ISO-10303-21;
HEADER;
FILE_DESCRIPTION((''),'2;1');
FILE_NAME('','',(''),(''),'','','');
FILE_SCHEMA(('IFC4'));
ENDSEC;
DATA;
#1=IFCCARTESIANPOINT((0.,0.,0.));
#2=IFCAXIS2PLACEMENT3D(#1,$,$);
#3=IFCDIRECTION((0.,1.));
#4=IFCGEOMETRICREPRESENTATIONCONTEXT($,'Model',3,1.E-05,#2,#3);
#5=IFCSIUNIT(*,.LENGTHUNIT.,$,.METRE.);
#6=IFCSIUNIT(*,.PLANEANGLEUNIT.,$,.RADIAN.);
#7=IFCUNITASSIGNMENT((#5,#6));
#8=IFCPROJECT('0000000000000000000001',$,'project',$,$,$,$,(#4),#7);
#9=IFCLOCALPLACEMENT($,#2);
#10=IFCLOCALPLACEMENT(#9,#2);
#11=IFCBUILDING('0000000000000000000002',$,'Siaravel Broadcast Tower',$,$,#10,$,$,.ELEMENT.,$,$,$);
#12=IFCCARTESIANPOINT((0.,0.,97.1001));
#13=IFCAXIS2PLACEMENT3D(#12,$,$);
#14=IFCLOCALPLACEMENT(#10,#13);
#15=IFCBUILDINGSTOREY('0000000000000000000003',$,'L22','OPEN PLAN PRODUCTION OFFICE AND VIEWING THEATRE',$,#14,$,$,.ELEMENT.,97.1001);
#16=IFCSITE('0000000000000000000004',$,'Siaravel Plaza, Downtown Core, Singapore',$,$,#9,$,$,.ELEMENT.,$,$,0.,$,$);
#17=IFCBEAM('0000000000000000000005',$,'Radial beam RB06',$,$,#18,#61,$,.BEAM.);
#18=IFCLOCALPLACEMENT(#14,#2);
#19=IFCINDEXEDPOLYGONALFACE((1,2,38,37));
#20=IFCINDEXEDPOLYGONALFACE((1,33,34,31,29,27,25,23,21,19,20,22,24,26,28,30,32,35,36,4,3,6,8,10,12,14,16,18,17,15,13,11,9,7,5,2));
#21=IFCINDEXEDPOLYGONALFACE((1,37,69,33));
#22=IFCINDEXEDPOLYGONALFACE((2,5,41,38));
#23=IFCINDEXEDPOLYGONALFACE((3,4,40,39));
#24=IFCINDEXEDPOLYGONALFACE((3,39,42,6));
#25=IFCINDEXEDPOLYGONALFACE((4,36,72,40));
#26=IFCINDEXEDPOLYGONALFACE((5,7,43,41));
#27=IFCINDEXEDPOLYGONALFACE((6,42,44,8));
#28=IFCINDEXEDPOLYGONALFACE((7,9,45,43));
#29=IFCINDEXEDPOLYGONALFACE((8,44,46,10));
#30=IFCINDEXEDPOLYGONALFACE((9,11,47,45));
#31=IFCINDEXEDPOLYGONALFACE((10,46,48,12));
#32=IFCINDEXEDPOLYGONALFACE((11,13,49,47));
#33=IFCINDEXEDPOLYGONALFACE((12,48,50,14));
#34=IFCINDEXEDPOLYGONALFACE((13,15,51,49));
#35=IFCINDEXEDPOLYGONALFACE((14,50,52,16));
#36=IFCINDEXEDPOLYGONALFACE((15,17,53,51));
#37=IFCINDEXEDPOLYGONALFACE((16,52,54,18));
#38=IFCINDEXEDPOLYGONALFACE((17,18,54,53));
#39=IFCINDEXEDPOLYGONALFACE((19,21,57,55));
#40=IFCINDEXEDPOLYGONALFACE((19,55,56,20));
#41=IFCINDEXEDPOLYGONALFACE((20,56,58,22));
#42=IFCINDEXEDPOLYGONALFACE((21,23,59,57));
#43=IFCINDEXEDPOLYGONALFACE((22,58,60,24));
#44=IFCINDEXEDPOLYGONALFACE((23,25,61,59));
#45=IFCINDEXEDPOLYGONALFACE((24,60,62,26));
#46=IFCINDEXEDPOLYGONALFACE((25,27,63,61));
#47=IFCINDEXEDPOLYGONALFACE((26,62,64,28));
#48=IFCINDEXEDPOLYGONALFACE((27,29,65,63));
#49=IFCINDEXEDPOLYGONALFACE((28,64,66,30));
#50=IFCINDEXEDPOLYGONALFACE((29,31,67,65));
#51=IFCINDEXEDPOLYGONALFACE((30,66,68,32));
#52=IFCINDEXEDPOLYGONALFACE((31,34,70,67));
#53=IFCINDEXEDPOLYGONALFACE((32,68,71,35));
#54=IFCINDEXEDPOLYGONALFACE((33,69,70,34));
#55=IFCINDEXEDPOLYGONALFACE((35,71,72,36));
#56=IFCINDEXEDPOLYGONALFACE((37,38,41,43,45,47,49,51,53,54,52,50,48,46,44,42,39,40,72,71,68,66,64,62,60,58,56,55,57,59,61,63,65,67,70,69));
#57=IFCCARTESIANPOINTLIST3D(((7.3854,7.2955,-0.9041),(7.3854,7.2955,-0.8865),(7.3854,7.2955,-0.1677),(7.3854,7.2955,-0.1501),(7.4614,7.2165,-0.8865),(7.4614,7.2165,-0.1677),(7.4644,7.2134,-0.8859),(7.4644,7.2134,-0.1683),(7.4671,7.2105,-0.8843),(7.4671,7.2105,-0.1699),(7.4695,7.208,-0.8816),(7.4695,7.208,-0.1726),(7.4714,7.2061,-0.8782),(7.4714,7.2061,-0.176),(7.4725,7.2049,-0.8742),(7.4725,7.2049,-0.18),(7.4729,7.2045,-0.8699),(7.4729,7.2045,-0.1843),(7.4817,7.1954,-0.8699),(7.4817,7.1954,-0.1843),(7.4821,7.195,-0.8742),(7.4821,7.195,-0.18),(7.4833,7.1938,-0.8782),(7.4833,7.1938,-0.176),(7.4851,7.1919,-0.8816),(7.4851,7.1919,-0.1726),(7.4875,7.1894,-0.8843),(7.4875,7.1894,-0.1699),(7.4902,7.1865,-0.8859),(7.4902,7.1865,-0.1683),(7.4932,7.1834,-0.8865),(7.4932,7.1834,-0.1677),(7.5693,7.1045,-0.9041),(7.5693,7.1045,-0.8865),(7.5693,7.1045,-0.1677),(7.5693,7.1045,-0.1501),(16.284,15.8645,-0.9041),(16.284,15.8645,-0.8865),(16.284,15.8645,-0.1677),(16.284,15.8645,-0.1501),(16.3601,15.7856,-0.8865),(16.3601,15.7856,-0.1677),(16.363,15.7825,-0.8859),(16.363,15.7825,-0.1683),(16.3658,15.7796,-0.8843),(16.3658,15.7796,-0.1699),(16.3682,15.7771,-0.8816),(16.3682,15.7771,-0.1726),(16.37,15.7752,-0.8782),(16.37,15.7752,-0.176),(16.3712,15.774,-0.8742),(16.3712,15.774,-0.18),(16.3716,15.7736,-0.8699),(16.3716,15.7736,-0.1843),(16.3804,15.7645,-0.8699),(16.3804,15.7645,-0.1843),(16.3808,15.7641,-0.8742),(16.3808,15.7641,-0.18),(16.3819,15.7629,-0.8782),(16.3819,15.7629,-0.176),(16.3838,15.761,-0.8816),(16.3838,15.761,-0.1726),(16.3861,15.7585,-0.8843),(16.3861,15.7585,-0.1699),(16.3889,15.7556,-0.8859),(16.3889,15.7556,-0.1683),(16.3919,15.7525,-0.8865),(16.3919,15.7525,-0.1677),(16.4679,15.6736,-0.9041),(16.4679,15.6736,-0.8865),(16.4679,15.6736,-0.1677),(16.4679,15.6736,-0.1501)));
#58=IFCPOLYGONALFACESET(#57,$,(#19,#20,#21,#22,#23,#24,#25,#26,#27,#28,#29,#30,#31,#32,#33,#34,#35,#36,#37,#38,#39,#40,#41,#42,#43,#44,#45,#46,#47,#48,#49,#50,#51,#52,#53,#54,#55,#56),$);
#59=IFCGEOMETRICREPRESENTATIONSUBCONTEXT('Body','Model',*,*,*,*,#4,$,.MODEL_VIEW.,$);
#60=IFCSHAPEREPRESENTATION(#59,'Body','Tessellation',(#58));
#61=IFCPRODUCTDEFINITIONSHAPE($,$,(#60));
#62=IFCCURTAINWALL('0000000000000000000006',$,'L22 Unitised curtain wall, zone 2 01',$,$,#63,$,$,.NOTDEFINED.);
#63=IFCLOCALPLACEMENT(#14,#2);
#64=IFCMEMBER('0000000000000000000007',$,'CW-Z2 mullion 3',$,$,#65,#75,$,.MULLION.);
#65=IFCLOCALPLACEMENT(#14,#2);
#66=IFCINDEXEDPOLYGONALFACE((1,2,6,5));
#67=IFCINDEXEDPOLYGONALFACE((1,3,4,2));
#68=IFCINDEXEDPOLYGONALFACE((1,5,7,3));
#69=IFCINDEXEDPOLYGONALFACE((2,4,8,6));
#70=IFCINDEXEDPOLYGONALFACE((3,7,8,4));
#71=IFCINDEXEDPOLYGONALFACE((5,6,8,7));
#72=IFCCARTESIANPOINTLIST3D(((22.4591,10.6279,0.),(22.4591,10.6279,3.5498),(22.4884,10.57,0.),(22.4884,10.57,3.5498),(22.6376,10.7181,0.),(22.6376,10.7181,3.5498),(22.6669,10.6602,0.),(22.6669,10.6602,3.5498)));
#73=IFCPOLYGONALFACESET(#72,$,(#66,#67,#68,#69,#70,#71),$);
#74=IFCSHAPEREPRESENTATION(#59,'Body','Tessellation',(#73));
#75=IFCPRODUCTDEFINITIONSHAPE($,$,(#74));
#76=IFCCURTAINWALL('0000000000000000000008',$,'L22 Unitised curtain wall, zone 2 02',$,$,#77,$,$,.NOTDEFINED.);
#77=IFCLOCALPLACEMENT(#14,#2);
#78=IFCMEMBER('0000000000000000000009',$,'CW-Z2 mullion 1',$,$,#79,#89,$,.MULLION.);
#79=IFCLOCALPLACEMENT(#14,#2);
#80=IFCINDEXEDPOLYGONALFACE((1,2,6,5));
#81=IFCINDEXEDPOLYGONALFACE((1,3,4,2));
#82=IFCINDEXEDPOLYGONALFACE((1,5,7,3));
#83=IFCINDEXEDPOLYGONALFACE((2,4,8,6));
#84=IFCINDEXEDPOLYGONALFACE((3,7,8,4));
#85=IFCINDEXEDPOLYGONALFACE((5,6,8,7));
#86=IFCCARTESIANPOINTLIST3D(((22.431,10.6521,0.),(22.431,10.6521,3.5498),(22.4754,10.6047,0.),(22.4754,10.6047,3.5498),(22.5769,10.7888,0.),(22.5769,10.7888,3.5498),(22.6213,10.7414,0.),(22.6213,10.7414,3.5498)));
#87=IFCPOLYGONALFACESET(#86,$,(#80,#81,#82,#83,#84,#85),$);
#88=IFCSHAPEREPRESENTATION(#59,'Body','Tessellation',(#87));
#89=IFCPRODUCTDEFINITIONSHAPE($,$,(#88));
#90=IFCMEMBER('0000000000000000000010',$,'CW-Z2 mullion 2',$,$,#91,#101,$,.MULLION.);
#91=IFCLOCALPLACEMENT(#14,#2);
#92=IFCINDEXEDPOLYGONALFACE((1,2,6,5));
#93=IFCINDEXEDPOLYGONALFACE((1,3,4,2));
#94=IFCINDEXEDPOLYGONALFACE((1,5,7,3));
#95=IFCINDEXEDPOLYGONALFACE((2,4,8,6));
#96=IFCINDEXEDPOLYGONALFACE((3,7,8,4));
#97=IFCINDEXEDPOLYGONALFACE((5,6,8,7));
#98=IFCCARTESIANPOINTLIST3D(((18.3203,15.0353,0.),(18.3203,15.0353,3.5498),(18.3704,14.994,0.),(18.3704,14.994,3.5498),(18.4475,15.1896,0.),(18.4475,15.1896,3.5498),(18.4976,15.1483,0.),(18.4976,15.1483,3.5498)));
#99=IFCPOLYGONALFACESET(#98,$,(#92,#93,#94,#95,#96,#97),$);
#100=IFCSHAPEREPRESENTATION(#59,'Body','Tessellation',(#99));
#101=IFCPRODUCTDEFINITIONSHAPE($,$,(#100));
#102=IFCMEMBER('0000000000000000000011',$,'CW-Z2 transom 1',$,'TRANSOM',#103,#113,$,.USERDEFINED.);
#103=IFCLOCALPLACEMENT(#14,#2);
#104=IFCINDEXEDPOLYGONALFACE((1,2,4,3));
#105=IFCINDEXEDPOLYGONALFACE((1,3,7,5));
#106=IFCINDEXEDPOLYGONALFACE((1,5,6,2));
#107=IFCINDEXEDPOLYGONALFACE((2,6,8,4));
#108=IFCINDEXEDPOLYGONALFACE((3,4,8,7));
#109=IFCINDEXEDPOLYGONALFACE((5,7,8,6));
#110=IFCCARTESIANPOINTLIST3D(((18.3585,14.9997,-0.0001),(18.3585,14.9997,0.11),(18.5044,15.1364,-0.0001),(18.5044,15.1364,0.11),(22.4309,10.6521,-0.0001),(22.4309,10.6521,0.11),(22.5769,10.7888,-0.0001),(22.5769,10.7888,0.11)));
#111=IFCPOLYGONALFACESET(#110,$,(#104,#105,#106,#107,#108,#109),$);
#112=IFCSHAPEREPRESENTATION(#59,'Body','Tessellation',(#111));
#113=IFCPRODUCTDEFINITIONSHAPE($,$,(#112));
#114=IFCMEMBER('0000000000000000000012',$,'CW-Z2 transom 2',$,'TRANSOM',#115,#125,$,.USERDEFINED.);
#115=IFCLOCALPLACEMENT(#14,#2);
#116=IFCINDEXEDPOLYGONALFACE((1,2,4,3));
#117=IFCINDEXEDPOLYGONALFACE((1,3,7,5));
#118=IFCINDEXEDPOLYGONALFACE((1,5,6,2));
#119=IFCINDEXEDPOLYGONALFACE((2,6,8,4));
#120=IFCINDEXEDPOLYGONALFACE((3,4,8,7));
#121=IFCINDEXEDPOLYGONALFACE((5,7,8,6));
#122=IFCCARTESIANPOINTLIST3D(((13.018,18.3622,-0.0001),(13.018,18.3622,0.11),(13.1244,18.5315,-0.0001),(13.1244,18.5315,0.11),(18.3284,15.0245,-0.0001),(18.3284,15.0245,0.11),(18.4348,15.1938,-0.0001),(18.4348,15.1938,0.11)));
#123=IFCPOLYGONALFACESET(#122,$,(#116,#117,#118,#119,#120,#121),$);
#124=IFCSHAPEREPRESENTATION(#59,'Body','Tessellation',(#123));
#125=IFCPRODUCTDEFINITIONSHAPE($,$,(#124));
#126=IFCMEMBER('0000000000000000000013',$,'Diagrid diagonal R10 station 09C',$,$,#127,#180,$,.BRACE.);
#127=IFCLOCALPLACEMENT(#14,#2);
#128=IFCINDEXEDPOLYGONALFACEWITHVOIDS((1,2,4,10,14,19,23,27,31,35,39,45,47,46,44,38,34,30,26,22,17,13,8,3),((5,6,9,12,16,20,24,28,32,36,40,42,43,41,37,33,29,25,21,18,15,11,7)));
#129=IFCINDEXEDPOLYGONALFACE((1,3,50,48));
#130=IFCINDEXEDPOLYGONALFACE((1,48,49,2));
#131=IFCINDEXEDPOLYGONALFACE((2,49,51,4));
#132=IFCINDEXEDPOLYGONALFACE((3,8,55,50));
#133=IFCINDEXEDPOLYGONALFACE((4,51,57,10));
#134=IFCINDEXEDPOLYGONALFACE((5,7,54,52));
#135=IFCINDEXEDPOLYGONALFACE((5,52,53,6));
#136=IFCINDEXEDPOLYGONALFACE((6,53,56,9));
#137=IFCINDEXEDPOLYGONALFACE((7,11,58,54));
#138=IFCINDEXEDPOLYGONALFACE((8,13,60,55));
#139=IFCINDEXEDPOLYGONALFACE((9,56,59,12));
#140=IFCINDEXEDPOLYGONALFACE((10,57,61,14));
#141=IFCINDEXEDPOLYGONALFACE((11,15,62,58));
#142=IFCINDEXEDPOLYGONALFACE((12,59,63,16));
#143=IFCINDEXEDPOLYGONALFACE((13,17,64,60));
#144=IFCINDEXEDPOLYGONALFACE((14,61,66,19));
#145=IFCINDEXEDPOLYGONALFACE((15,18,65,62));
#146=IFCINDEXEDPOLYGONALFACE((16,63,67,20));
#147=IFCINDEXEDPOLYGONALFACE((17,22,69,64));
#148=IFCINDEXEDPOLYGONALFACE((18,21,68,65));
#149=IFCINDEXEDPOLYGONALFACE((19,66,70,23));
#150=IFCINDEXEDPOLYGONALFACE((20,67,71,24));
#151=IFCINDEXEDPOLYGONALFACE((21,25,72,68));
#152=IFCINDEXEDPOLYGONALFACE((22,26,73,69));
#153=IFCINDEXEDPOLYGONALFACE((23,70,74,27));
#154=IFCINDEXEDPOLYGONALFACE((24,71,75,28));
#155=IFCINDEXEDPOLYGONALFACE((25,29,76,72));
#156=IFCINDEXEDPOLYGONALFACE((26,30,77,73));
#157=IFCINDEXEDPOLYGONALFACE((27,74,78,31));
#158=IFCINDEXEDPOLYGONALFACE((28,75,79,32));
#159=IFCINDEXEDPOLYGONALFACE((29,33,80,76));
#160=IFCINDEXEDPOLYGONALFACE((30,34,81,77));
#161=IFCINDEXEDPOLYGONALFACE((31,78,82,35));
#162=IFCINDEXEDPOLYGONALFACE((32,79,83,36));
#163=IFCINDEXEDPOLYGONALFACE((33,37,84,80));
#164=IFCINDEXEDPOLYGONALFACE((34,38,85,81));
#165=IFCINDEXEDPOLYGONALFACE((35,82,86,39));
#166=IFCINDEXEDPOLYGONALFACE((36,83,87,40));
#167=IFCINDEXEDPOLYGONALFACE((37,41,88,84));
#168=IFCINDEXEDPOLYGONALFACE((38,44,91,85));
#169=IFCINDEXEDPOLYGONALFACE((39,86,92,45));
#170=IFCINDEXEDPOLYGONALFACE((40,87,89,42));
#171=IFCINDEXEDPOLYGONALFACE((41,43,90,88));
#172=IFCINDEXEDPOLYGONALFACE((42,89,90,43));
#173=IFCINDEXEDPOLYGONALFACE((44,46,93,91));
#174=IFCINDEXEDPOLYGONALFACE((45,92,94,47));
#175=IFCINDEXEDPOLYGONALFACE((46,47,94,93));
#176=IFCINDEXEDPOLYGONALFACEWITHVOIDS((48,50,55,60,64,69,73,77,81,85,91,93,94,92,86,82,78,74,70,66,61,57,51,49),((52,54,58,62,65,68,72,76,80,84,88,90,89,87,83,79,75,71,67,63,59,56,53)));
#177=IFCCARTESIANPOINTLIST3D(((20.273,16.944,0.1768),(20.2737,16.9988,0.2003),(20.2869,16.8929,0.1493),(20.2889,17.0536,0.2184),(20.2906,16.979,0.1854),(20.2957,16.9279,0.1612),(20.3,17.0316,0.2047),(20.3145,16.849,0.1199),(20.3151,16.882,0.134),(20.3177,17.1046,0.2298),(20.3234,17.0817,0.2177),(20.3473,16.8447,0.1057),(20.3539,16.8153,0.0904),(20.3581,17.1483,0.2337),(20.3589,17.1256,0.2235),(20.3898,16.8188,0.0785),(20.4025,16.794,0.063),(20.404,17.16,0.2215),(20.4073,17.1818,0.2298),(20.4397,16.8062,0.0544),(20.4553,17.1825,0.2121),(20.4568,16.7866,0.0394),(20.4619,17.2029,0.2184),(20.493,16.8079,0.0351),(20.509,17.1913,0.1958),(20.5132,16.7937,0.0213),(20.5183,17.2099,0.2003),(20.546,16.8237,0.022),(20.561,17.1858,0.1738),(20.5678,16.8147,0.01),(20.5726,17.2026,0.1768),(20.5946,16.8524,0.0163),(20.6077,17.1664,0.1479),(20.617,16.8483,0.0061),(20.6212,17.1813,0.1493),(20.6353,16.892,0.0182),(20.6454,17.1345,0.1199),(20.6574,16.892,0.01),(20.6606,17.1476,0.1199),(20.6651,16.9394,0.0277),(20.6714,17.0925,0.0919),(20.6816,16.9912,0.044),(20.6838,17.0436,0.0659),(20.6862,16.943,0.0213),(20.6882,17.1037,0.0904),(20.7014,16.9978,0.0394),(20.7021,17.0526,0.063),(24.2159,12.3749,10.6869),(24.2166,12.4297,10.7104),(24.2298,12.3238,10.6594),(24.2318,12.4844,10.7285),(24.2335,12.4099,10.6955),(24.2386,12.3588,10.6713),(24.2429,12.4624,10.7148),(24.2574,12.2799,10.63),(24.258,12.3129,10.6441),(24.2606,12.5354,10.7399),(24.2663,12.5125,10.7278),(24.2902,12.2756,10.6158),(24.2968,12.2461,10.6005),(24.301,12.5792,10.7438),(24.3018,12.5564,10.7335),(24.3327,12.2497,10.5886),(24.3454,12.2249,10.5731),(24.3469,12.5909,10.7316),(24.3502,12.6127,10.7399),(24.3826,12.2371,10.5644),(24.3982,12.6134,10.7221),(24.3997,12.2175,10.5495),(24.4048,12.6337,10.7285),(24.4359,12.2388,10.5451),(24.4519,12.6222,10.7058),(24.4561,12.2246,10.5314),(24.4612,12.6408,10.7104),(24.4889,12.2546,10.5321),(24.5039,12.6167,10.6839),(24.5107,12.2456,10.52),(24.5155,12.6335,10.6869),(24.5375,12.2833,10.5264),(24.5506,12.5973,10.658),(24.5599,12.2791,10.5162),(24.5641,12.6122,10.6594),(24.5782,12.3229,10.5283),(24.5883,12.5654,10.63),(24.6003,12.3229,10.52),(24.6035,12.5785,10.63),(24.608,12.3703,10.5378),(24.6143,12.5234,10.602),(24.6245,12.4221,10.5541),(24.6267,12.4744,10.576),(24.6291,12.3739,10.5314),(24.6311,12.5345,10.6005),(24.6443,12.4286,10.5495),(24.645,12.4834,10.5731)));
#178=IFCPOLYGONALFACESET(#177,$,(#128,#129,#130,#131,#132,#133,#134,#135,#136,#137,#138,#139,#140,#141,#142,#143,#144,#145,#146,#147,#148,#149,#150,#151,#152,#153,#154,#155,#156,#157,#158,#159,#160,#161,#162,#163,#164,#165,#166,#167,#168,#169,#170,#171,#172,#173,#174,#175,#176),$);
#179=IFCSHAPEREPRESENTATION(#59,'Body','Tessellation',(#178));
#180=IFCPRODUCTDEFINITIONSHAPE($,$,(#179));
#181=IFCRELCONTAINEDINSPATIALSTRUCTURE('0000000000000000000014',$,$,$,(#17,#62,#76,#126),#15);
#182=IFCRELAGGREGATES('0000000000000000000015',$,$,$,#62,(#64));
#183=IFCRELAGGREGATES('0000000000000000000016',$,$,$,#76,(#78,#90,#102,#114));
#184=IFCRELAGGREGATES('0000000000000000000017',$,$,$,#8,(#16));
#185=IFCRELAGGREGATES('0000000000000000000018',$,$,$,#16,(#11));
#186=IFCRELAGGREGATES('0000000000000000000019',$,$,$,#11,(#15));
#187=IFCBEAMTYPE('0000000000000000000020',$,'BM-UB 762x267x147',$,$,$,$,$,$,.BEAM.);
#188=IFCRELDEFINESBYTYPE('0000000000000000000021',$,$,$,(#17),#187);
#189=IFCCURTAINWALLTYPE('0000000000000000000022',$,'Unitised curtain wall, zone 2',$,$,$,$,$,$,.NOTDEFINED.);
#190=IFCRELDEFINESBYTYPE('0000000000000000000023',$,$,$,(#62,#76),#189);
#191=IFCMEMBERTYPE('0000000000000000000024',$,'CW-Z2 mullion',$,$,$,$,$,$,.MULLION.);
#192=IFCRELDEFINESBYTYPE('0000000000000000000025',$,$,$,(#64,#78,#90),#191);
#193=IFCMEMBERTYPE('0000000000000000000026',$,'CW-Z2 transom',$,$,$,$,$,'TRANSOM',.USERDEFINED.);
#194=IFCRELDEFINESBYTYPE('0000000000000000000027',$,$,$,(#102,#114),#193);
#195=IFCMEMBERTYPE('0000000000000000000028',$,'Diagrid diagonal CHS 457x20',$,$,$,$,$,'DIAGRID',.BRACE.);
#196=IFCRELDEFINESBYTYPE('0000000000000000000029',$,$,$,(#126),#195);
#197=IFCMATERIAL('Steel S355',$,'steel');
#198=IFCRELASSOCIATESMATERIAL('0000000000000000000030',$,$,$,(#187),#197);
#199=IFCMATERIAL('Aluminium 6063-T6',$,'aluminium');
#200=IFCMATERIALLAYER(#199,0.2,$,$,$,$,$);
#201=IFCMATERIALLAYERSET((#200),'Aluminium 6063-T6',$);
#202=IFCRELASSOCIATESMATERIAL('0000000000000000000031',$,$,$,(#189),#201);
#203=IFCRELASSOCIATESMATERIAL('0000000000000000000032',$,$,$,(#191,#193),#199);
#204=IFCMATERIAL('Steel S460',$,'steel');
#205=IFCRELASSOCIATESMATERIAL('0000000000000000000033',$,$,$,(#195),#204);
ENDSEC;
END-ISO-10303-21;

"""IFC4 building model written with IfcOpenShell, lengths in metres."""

from ifc_helpers import new_model, si_unit, direction, frame, origin, origin_2d, place, context, subcontext, project, spatial, rectangle, hollow_circle, i_section, extrude, material, layer, layer_set, material_profile, profile_set, type_object, element, aggregate, save


model = new_model("IFC4")

# Units and contexts
model_context = context("Model", 3, precision=1e-05, world=origin(), true_north=direction((0.0, 1.0)))
body_context = subcontext(model_context, "Body", "Model", "MODEL_VIEW")
ifc_project = project(units=[si_unit("LENGTHUNIT", "METRE"), si_unit("PLANEANGLEUNIT", "RADIAN")], contexts=[model_context])

# Site, building, storey
site_placement = place(None, origin())
site = spatial("IfcSite", under=ifc_project, at=site_placement, Name="Siaravel Plaza, Downtown Core, Singapore", CompositionType="ELEMENT", RefElevation=0.0)
building_placement = place(site_placement, origin())
building = spatial("IfcBuilding", under=site, at=building_placement, Name="Siaravel Broadcast Tower", CompositionType="ELEMENT")
storey_placement = place(building_placement, frame((0.0, 0.0, 97.1001)))
storey = spatial("IfcBuildingStorey", under=building, at=storey_placement, Name="L22", Description="OPEN PLAN PRODUCTION OFFICE AND VIEWING THEATRE", CompositionType="ELEMENT", Elevation=97.1001)

# Beam
ifc_material_1 = material(Name="Steel S355", Category="steel")
ifc_material_profile_1 = material_profile(ifc_material_1, i_section(OverallWidth=0.2651, OverallDepth=0.7539, WebThickness=0.0127, FlangeThickness=0.0176, FilletRadius=0.0166, at=origin_2d()))
ifc_profile_set_1 = profile_set([ifc_material_profile_1], Name="Steel S355")
beam_type = type_object("IfcBeamType", Name="BM-UB 762x267x147", PredefinedType="BEAM", material=ifc_profile_set_1)
beam_1_placement = place(storey_placement, frame((16.376, 15.769, -0.5271), z_axis=(-0.720321, -0.693641, 0.0), x_axis=(0.693641, -0.720321, 0.0)))
element("IfcBeam", 1, at=beam_1_placement, inside=storey, type_object=beam_type, Name="Radial beam RB06", PredefinedType="BEAM", context=body_context, shape_type="SweptSolid", body=[
    extrude(i_section(OverallWidth=0.2651, OverallDepth=0.7539, WebThickness=0.0127, FlangeThickness=0.0176, FilletRadius=0.0166, at=origin_2d()), origin(), (0.0, 0.0, 1.0), 12.3538),
])

# Curtain wall, member
ifc_material_2 = material(Name="Aluminium 6063-T6", Category="aluminium")
ifc_layer_1 = layer(ifc_material_2, 0.2)
ifc_layer_set_1 = layer_set([ifc_layer_1], Name="Aluminium 6063-T6")
curtain_wall_type = type_object("IfcCurtainWallType", Name="Unitised curtain wall, zone 2", PredefinedType="NOTDEFINED", material=ifc_layer_set_1)
curtain_wall_1_placement = place(storey_placement, origin())
curtain_wall_1 = element("IfcCurtainWall", 2, at=curtain_wall_1_placement, inside=storey, type_object=curtain_wall_type, Name="L22 Unitised curtain wall, zone 2 01", PredefinedType="NOTDEFINED")
ifc_material_profile_2 = material_profile(ifc_material_2, rectangle(XDim=0.2, YDim=0.0649, at=origin_2d()))
ifc_profile_set_2 = profile_set([ifc_material_profile_2], Name="Aluminium 6063-T6")
member_type_1 = type_object("IfcMemberType", Name="CW-Z2 mullion", PredefinedType="MULLION", material=ifc_profile_set_2)
member_1_placement = place(storey_placement, frame((22.563, 10.644, 0.0), z_axis=(0.0, 0.0, 1.0), x_axis=(-0.892392, -0.451261, 0.0)))
member_1 = element("IfcMember", 3, at=member_1_placement, type_object=member_type_1, Name="CW-Z2 mullion 3", PredefinedType="MULLION", context=body_context, shape_type="SweptSolid", body=[
    extrude(rectangle(XDim=0.2, YDim=0.0649, at=origin_2d()), origin(), (0.0, 0.0, 1.0), 3.5498),
])

# Curtain wall, members
curtain_wall_2_placement = place(storey_placement, origin())
curtain_wall_2 = element("IfcCurtainWall", 4, at=curtain_wall_2_placement, inside=storey, type_object=curtain_wall_type, Name="L22 Unitised curtain wall, zone 2 02", PredefinedType="NOTDEFINED")
member_2_placement = place(storey_placement, frame((22.5261, 10.6968, 0.0), z_axis=(0.0, 0.0, 1.0), x_axis=(-0.729805, -0.683656, 0.0)))
member_2 = element("IfcMember", 5, at=member_2_placement, type_object=member_type_1, Name="CW-Z2 mullion 1", PredefinedType="MULLION", context=body_context, shape_type="SweptSolid", body=[
    extrude(rectangle(XDim=0.2, YDim=0.0649, at=origin_2d()), origin(), (0.0, 0.0, 1.0), 3.5498),
])
member_3_placement = place(storey_placement, frame((18.4089, 15.0918, 0.0), z_axis=(0.0, 0.0, 1.0), x_axis=(-0.636218, -0.771509, 0.0)))
member_3 = element("IfcMember", 6, at=member_3_placement, type_object=member_type_1, Name="CW-Z2 mullion 2", PredefinedType="MULLION", context=body_context, shape_type="SweptSolid", body=[
    extrude(rectangle(XDim=0.2, YDim=0.0649, at=origin_2d()), origin(), (0.0, 0.0, 1.0), 3.5498),
])
ifc_material_profile_3 = material_profile(ifc_material_2, rectangle(XDim=0.2, YDim=0.1101, at=origin_2d()))
ifc_profile_set_3 = profile_set([ifc_material_profile_3], Name="Aluminium 6063-T6")
member_type_2 = type_object("IfcMemberType", Name="CW-Z2 transom", ElementType="TRANSOM", PredefinedType="USERDEFINED", material=ifc_profile_set_3)
member_4_placement = place(storey_placement, frame((22.5039, 10.7205, 0.0549), z_axis=(-0.683636, 0.729823, 0.0), x_axis=(-0.729823, -0.683636, 0.0)))
member_4 = element("IfcMember", 7, at=member_4_placement, type_object=member_type_2, Name="CW-Z2 transom 1", ObjectType="TRANSOM", PredefinedType="USERDEFINED", context=body_context, shape_type="SweptSolid", body=[
    extrude(rectangle(XDim=0.2, YDim=0.1101, at=origin_2d()), origin(), (0.0, 0.0, 1.0), 5.957),
])
member_5_placement = place(storey_placement, frame((18.3816, 15.1091, 0.0549), z_axis=(-0.846655, 0.532142, 0.0), x_axis=(-0.532142, -0.846655, 0.0)))
member_5 = element("IfcMember", 8, at=member_5_placement, type_object=member_type_2, Name="CW-Z2 transom 2", ObjectType="TRANSOM", PredefinedType="USERDEFINED", context=body_context, shape_type="SweptSolid", body=[
    extrude(rectangle(XDim=0.2, YDim=0.1101, at=origin_2d()), origin(), (0.0, 0.0, 1.0), 6.2722),
])

# Member
ifc_material_3 = material(Name="Steel S460", Category="steel")
ifc_material_profile_4 = material_profile(ifc_material_3, hollow_circle(Radius=0.2285, WallThickness=0.02, at=origin_2d()))
ifc_profile_set_4 = profile_set([ifc_material_profile_4], Name="Steel S460")
member_type_3 = type_object("IfcMemberType", Name="Diagrid diagonal CHS 457x20", ElementType="DIAGRID", PredefinedType="BRACE", material=ifc_profile_set_4)
member_6_placement = place(storey_placement, frame((20.4875, 16.9983, 0.1199), z_axis=(0.325332, -0.377002, 0.867196), x_axis=(0.757082, 0.65332, 0.0)))
element("IfcMember", 9, at=member_6_placement, inside=storey, type_object=member_type_3, Name="Diagrid diagonal R10 station 09C", PredefinedType="BRACE", context=body_context, shape_type="SweptSolid", body=[
    extrude(hollow_circle(Radius=0.2285, WallThickness=0.02, at=origin_2d()), origin(), (0.0, 0.0, 1.0), 12.1196),
])

aggregate(curtain_wall_1, [member_1])
aggregate(curtain_wall_2, [member_2, member_3, member_4, member_5])

save(model, "model.ifc")
